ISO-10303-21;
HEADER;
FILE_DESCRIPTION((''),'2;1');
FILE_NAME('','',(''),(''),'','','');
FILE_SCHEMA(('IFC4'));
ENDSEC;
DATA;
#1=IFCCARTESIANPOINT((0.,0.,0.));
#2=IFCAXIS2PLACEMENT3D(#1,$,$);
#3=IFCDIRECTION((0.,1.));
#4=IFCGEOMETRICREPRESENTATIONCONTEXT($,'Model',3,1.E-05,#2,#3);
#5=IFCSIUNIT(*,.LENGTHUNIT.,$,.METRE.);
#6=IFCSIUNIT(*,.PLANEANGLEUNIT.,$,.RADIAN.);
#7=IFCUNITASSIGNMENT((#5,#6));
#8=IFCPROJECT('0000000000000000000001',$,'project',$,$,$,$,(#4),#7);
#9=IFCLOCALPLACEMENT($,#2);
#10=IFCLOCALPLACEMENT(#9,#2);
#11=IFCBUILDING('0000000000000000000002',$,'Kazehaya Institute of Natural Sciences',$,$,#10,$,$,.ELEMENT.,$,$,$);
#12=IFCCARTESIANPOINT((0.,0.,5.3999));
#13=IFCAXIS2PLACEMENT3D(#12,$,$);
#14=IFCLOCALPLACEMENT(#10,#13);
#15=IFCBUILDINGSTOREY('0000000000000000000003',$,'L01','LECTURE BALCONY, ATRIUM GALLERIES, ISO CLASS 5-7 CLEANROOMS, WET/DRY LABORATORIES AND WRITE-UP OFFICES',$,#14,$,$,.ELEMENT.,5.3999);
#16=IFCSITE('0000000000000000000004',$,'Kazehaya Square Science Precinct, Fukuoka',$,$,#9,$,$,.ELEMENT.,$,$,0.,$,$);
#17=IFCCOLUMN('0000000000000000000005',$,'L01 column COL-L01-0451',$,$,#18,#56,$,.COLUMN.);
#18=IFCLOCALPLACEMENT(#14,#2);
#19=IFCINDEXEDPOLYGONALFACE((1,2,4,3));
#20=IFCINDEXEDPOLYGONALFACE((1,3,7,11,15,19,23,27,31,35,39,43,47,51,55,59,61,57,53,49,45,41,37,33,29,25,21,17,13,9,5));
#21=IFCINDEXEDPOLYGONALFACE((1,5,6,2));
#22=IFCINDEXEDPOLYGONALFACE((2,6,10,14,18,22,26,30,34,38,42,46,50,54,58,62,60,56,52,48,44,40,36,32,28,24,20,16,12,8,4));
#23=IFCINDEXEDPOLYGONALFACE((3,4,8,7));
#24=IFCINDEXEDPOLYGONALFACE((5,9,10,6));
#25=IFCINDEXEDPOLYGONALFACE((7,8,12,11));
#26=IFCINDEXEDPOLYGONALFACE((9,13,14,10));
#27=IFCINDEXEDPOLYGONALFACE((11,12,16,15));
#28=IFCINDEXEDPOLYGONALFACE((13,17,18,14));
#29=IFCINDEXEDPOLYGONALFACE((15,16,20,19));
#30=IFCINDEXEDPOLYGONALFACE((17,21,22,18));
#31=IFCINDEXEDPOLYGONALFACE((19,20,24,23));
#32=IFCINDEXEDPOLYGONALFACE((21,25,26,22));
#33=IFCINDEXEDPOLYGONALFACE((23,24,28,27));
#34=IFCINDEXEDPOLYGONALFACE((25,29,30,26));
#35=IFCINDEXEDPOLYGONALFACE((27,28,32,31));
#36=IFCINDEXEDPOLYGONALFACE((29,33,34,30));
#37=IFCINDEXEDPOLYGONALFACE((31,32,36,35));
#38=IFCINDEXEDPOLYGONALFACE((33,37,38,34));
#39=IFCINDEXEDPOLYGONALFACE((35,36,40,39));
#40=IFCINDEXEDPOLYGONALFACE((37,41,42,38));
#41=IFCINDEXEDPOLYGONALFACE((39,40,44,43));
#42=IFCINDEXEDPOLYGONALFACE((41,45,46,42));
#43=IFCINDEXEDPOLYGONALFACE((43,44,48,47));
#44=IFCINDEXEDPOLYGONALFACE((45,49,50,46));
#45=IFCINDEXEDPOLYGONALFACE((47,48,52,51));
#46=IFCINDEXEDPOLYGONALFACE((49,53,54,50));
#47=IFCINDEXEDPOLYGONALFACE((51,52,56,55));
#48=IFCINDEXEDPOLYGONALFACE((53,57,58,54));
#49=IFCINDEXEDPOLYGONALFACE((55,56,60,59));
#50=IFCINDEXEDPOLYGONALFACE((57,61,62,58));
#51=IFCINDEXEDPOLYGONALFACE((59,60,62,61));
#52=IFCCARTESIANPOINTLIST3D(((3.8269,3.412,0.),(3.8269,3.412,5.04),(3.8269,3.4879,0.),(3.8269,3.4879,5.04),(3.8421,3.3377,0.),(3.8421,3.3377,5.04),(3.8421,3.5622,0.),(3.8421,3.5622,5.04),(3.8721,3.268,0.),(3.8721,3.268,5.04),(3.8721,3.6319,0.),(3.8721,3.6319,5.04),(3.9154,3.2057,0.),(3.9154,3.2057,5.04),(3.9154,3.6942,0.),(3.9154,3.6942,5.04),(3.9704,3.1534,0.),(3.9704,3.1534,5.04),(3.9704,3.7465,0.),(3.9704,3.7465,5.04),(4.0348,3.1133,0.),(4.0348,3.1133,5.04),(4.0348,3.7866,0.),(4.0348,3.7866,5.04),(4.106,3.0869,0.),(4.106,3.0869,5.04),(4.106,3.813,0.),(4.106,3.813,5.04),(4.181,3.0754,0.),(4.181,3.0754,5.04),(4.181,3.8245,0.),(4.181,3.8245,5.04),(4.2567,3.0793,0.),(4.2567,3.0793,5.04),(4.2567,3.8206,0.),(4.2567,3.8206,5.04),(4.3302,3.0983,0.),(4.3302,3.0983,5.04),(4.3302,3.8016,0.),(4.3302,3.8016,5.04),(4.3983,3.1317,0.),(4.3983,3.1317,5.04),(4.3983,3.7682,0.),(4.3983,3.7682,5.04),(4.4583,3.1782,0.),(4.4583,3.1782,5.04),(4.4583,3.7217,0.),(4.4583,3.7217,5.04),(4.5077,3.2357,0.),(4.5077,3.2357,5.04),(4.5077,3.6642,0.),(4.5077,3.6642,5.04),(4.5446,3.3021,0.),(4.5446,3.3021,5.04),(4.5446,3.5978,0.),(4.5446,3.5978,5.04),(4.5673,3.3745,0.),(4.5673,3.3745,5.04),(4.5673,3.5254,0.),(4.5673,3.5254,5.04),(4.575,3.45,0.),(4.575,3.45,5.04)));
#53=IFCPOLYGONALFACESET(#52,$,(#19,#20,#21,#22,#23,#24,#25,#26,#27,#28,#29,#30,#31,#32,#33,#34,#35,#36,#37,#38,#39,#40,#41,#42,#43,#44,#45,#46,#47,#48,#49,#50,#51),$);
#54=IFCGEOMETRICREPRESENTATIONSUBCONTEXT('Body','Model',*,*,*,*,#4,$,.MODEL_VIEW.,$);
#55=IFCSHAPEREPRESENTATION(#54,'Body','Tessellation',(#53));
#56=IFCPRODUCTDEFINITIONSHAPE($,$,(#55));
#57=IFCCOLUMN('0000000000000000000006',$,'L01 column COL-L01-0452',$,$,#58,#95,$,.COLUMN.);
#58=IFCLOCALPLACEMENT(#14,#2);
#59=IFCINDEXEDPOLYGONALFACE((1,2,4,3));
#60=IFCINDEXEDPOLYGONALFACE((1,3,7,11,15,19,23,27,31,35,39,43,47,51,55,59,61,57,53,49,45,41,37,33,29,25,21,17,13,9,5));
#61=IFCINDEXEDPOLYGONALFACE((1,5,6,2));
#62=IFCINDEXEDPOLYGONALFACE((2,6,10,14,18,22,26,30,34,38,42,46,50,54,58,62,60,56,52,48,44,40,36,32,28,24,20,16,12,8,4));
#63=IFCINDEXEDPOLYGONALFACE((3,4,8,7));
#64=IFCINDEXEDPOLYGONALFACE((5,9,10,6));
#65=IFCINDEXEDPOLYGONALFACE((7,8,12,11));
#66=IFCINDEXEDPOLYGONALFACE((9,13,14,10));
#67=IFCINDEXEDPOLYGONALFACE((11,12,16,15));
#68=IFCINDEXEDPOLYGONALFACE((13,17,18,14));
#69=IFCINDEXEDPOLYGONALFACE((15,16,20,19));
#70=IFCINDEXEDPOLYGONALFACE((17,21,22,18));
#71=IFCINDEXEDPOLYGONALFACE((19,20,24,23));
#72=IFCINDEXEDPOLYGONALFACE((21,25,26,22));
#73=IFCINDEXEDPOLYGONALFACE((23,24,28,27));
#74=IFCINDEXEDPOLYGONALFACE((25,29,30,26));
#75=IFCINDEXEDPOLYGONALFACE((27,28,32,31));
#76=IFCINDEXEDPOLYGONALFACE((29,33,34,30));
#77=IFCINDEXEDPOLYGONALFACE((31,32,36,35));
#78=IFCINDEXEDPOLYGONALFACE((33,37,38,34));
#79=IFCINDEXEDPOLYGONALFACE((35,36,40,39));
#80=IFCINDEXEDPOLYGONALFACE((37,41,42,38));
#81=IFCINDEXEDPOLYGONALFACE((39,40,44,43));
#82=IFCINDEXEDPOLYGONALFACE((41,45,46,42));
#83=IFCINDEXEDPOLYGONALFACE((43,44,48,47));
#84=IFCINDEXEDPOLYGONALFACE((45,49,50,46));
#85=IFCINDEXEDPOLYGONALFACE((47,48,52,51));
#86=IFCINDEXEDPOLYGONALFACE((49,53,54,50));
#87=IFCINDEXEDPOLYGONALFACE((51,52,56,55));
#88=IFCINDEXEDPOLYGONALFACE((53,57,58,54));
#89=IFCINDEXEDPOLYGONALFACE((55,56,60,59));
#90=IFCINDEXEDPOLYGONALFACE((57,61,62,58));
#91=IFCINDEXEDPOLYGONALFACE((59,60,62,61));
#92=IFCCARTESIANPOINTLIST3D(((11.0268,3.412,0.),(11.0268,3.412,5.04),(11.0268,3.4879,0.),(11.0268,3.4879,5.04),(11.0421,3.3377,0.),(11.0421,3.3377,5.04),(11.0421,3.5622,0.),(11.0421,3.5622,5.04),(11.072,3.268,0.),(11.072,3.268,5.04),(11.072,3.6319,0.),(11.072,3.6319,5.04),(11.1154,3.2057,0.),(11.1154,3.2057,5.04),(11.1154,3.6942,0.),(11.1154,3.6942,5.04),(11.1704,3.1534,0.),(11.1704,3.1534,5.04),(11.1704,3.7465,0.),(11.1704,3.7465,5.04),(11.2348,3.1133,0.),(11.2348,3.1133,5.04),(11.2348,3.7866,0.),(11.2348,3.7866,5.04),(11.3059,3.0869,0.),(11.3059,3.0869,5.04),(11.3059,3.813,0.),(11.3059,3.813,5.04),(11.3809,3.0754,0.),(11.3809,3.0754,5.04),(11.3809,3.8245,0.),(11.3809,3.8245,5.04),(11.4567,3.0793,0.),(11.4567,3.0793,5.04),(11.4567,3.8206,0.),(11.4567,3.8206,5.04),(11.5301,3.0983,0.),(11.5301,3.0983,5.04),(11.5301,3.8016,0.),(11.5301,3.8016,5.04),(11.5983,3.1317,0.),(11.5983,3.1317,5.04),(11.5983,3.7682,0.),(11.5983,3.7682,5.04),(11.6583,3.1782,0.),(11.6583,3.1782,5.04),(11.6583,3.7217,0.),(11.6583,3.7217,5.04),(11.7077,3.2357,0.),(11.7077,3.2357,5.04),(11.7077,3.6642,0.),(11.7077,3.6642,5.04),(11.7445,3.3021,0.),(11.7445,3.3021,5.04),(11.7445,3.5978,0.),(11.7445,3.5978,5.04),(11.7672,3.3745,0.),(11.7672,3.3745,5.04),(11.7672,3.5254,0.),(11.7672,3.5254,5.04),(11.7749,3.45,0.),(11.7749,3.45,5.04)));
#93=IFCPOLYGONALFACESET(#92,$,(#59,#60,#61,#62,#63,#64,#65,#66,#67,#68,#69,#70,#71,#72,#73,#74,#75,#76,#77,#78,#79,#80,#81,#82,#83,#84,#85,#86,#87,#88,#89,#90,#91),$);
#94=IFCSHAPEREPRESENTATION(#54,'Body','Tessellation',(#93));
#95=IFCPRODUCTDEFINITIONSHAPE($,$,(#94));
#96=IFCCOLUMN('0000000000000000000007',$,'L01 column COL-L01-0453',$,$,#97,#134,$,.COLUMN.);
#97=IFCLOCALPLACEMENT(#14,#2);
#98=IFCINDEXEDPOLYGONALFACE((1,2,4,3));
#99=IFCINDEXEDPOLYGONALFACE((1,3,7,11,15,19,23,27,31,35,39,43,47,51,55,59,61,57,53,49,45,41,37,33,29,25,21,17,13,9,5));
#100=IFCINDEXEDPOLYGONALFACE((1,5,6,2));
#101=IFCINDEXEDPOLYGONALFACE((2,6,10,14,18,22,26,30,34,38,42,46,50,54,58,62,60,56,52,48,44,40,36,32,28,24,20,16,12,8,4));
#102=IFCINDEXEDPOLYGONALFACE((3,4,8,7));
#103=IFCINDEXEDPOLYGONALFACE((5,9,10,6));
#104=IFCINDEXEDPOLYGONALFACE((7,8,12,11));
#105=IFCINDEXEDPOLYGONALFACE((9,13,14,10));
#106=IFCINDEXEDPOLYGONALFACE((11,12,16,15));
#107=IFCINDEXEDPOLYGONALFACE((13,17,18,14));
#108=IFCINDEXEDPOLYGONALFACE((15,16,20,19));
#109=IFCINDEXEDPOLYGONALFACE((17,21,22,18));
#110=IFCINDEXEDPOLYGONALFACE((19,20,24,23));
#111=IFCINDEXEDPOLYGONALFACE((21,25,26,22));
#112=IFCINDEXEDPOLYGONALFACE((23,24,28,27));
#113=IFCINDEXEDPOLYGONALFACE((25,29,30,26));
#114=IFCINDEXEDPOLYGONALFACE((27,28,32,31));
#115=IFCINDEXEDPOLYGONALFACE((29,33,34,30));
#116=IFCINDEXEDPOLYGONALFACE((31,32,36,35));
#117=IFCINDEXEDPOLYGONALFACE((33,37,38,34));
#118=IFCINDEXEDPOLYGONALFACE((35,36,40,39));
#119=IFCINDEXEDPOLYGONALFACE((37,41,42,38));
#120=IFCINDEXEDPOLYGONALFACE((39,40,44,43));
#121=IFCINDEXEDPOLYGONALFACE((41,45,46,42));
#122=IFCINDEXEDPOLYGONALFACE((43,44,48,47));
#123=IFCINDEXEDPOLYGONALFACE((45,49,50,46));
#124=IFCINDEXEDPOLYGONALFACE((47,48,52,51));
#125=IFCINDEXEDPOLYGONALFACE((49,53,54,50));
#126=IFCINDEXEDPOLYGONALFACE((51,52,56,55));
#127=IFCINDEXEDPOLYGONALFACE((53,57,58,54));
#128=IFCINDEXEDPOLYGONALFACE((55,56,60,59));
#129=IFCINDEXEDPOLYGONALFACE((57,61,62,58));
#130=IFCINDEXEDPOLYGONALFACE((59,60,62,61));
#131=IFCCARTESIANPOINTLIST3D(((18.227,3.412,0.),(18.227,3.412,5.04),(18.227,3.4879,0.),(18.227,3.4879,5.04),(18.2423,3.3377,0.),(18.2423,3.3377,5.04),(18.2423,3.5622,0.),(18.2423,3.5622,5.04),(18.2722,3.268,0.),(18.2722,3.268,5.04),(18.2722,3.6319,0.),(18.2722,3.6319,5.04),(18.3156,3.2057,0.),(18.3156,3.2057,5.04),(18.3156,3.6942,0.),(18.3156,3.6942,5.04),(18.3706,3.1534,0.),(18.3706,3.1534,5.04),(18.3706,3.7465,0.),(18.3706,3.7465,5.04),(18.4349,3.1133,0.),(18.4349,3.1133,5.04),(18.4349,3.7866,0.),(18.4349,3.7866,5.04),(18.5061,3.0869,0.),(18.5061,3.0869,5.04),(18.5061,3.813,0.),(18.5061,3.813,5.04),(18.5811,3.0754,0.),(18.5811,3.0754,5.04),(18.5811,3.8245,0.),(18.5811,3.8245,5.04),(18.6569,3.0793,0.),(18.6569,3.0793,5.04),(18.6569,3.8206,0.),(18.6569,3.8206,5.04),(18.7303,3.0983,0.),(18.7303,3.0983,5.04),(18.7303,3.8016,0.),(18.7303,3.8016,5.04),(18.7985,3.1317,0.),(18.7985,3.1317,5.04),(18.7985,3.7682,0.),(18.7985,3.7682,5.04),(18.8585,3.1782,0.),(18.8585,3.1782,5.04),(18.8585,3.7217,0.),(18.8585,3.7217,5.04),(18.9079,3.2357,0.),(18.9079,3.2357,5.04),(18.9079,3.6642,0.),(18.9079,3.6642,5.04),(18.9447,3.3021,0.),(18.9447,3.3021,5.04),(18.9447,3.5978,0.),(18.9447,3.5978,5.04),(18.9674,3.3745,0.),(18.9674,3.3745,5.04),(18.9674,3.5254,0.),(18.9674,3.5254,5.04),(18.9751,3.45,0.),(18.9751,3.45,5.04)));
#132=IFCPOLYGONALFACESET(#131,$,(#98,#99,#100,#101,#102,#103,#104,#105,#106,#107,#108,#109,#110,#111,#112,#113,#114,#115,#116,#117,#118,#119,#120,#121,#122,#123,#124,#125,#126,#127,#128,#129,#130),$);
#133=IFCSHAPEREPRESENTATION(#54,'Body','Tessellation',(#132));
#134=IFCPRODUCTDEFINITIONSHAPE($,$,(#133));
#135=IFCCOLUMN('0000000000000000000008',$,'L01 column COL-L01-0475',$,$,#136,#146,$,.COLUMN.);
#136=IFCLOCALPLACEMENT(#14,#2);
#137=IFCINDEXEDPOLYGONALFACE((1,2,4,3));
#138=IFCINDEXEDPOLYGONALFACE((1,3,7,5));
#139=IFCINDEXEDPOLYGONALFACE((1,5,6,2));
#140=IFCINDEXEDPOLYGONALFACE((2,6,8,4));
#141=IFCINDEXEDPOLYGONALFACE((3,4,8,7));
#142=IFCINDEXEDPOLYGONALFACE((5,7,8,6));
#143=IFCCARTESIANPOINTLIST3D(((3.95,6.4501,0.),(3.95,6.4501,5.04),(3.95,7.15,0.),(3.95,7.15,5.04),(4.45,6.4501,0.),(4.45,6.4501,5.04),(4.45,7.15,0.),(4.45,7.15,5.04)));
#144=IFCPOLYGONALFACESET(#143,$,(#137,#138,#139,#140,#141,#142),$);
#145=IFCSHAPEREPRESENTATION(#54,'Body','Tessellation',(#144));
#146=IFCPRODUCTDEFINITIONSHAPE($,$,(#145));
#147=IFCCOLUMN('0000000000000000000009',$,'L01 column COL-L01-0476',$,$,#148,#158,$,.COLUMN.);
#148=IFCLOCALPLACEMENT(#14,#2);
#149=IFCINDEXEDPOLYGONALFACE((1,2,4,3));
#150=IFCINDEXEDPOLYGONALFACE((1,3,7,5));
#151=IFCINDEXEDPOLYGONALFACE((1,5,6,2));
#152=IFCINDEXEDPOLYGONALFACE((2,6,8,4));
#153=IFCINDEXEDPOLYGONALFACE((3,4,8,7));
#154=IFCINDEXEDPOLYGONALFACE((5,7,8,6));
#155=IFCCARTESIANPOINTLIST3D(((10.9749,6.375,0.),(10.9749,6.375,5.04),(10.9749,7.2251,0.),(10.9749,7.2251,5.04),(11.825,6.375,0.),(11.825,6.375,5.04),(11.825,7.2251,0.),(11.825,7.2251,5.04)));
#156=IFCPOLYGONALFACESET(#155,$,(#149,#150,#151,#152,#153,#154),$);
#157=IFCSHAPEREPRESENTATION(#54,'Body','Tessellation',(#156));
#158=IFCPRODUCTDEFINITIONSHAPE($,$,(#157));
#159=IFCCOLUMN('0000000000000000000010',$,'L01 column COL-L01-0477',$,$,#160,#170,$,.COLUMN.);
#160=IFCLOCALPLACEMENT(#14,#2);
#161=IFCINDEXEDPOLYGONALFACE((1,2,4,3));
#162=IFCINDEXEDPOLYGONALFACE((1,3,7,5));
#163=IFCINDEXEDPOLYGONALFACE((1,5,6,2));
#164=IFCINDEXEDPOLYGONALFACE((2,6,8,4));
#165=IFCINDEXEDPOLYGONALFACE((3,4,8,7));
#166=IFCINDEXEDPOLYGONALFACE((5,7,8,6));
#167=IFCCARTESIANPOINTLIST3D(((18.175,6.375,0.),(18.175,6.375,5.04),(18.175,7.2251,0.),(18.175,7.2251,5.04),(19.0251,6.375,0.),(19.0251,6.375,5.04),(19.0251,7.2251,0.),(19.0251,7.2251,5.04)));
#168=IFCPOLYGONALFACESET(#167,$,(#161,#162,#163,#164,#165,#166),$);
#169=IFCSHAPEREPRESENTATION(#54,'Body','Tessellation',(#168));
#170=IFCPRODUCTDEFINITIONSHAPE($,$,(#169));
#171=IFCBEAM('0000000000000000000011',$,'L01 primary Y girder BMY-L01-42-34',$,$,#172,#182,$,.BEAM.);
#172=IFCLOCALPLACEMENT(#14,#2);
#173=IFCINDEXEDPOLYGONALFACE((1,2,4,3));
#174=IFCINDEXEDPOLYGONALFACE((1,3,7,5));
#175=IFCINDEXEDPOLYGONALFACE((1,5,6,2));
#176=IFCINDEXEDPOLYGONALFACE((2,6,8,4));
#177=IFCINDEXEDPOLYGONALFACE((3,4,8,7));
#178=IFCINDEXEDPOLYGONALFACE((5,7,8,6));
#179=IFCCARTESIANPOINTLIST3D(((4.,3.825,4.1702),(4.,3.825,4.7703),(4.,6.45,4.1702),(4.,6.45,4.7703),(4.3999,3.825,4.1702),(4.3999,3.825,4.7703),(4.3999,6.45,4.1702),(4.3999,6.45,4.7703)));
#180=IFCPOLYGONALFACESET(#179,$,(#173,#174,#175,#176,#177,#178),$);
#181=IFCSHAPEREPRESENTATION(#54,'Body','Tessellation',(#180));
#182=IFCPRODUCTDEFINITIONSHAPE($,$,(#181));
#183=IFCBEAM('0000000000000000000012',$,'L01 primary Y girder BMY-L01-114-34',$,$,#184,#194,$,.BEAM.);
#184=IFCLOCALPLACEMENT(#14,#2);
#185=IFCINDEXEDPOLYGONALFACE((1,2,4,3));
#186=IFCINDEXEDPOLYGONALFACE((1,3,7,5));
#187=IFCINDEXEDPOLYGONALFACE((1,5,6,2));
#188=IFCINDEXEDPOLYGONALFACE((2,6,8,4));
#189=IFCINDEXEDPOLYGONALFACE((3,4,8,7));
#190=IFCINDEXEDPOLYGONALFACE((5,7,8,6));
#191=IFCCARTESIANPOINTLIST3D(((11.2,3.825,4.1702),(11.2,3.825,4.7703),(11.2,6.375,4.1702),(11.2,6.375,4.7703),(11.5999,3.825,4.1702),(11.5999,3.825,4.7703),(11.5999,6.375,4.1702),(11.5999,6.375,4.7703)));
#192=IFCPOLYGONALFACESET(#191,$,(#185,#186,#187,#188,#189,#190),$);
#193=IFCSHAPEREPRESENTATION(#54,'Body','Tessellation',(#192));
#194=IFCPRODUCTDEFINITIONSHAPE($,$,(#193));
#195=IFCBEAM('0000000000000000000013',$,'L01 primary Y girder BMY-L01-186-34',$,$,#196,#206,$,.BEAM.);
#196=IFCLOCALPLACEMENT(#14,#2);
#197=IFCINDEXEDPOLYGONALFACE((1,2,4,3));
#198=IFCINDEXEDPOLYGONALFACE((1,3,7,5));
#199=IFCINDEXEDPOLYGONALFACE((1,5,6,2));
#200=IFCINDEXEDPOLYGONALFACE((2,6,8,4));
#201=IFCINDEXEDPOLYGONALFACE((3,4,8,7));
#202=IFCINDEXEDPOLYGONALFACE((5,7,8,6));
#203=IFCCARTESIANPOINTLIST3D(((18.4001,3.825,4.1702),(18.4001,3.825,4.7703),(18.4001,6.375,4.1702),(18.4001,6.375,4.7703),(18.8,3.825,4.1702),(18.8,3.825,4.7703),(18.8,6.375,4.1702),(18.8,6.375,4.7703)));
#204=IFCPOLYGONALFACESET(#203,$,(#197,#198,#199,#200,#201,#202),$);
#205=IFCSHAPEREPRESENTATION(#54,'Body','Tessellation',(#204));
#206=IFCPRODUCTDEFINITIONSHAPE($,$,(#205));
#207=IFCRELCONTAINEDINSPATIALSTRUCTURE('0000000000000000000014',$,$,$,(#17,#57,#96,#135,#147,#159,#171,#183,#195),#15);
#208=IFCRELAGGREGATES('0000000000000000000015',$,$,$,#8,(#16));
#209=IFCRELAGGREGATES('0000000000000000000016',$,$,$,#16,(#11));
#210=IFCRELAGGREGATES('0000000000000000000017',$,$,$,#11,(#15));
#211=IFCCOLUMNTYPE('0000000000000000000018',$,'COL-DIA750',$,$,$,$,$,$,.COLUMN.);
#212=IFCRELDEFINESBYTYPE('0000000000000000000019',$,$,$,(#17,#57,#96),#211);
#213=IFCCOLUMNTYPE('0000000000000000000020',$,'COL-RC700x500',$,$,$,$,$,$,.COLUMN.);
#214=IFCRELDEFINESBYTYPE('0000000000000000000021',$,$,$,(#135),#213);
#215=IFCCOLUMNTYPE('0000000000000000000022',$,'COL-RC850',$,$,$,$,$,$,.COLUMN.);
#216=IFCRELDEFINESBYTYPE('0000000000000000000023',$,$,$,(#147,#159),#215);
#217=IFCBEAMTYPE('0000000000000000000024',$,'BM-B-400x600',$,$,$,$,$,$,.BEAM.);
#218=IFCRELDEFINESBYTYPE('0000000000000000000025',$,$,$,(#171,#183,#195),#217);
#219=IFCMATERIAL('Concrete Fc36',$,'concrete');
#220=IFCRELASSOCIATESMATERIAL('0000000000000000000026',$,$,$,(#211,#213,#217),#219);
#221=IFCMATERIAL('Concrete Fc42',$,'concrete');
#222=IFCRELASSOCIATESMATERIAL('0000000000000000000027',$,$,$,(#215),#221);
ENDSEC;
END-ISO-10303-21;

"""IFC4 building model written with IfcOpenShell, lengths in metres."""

from ifc_helpers import new_model, si_unit, direction, frame, origin, origin_2d, place, context, subcontext, project, spatial, rectangle, circle, extrude, material, material_profile, profile_set, type_object, element, save


model = new_model("IFC4")

# Units and contexts
model_context = context("Model", 3, precision=1e-05, world=origin(), true_north=direction((0.0, 1.0)))
body_context = subcontext(model_context, "Body", "Model", "MODEL_VIEW")
ifc_project = project(units=[si_unit("LENGTHUNIT", "METRE"), si_unit("PLANEANGLEUNIT", "RADIAN")], contexts=[model_context])

# Site, building, storey
site_placement = place(None, origin())
site = spatial("IfcSite", under=ifc_project, at=site_placement, Name="Kazehaya Square Science Precinct, Fukuoka", CompositionType="ELEMENT", RefElevation=0.0)
building_placement = place(site_placement, origin())
building = spatial("IfcBuilding", under=site, at=building_placement, Name="Kazehaya Institute of Natural Sciences", CompositionType="ELEMENT")
storey_placement = place(building_placement, frame((0.0, 0.0, 5.3999)))
storey = spatial("IfcBuildingStorey", under=building, at=storey_placement, Name="L01", Description="LECTURE BALCONY, ATRIUM GALLERIES, ISO CLASS 5-7 CLEANROOMS, WET/DRY LABORATORIES AND WRITE-UP OFFICES", CompositionType="ELEMENT", Elevation=5.3999)

# Columns
ifc_material_1 = material(Name="Concrete Fc36", Category="concrete")
ifc_material_profile_1 = material_profile(ifc_material_1, circle(Radius=0.375, at=origin_2d()), Name="RC-DIA750")
ifc_profile_set_1 = profile_set([ifc_material_profile_1], Name="Concrete Fc36")
column_type_1 = type_object("IfcColumnType", Name="COL-DIA750", PredefinedType="COLUMN", material=ifc_profile_set_1)
for number, where, z_axis, x_axis, name in (
    (1, (4.2, 3.45, 0.0), (0.0, 0.0, 1.0), (1.0, 0.0, 0.0), "L01 column COL-L01-0451"),
    (2, (11.3999, 3.45, 0.0), (0.0, 0.0, 1.0), (1.0, 0.0, 0.0), "L01 column COL-L01-0452"),
    (3, (18.6001, 3.45, 0.0), (0.0, 0.0, 1.0), (1.0, 0.0, 0.0), "L01 column COL-L01-0453"),
):
    element("IfcColumn", number, at=place(storey_placement, frame(where, z_axis=z_axis, x_axis=x_axis)), inside=storey, type_object=column_type_1, Name=name, PredefinedType="COLUMN", context=body_context, shape_type="SweptSolid", body=[
        extrude(circle(Radius=0.375, at=origin_2d()), origin(), (0.0, 0.0, 1.0), 5.04),
    ])
ifc_material_profile_2 = material_profile(ifc_material_1, rectangle(XDim=0.5, YDim=0.7, at=origin_2d()), Name="RC-700x500")
ifc_profile_set_2 = profile_set([ifc_material_profile_2], Name="Concrete Fc36")
column_type_2 = type_object("IfcColumnType", Name="COL-RC700x500", PredefinedType="COLUMN", material=ifc_profile_set_2)
column_placement = place(storey_placement, frame((4.2, 6.8, 0.0), z_axis=(0.0, 0.0, 1.0), x_axis=(1.0, 0.0, 0.0)))
element("IfcColumn", 4, at=column_placement, inside=storey, type_object=column_type_2, Name="L01 column COL-L01-0475", PredefinedType="COLUMN", context=body_context, shape_type="SweptSolid", body=[
    extrude(rectangle(XDim=0.5, YDim=0.7, at=origin_2d()), origin(), (0.0, 0.0, 1.0), 5.04),
])
ifc_material_2 = material(Name="Concrete Fc42", Category="concrete")
ifc_material_profile_3 = material_profile(ifc_material_2, rectangle(XDim=0.8501, YDim=0.8501, at=origin_2d()), Name="RC-850x850")
ifc_profile_set_3 = profile_set([ifc_material_profile_3], Name="Concrete Fc42")
column_type_3 = type_object("IfcColumnType", Name="COL-RC850", PredefinedType="COLUMN", material=ifc_profile_set_3)
for number, where, z_axis, x_axis, name in (
    (5, (11.3999, 6.8, 0.0), (0.0, 0.0, 1.0), (1.0, 0.0, 0.0), "L01 column COL-L01-0476"),
    (6, (18.6001, 6.8, 0.0), (0.0, 0.0, 1.0), (1.0, 0.0, 0.0), "L01 column COL-L01-0477"),
):
    element("IfcColumn", number, at=place(storey_placement, frame(where, z_axis=z_axis, x_axis=x_axis)), inside=storey, type_object=column_type_3, Name=name, PredefinedType="COLUMN", context=body_context, shape_type="SweptSolid", body=[
        extrude(rectangle(XDim=0.8501, YDim=0.8501, at=origin_2d()), origin(), (0.0, 0.0, 1.0), 5.04),
    ])

# Beams
ifc_material_profile_4 = material_profile(ifc_material_1, rectangle(XDim=0.3999, YDim=0.6001, at=origin_2d()), Name="RC-400x600")
ifc_profile_set_4 = profile_set([ifc_material_profile_4], Name="Concrete Fc36")
beam_type_1 = type_object("IfcBeamType", Name="BM-B-400x600", PredefinedType="BEAM", material=ifc_profile_set_4)
beam_1_placement = place(storey_placement, frame((4.2, 3.825, 4.4702), z_axis=(0.0, 1.0, 0.0), x_axis=(-1.0, 0.0, 0.0)))
element("IfcBeam", 7, at=beam_1_placement, inside=storey, type_object=beam_type_1, Name="L01 primary Y girder BMY-L01-42-34", PredefinedType="BEAM", context=body_context, shape_type="SweptSolid", body=[
    extrude(rectangle(XDim=0.3999, YDim=0.6001, at=origin_2d()), origin(), (0.0, 0.0, 1.0), 2.625),
])
for number, where, z_axis, x_axis, name in (
    (8, (11.3999, 3.825, 4.4702), (0.0, 1.0, 0.0), (-1.0, 0.0, 0.0), "L01 primary Y girder BMY-L01-114-34"),
    (9, (18.6001, 3.825, 4.4702), (0.0, 1.0, 0.0), (-1.0, 0.0, 0.0), "L01 primary Y girder BMY-L01-186-34"),
):
    element("IfcBeam", number, at=place(storey_placement, frame(where, z_axis=z_axis, x_axis=x_axis)), inside=storey, type_object=beam_type_1, Name=name, PredefinedType="BEAM", context=body_context, shape_type="SweptSolid", body=[
        extrude(rectangle(XDim=0.3999, YDim=0.6001, at=origin_2d()), origin(), (0.0, 0.0, 1.0), 2.55),
    ])

save(model, "model.ifc")
